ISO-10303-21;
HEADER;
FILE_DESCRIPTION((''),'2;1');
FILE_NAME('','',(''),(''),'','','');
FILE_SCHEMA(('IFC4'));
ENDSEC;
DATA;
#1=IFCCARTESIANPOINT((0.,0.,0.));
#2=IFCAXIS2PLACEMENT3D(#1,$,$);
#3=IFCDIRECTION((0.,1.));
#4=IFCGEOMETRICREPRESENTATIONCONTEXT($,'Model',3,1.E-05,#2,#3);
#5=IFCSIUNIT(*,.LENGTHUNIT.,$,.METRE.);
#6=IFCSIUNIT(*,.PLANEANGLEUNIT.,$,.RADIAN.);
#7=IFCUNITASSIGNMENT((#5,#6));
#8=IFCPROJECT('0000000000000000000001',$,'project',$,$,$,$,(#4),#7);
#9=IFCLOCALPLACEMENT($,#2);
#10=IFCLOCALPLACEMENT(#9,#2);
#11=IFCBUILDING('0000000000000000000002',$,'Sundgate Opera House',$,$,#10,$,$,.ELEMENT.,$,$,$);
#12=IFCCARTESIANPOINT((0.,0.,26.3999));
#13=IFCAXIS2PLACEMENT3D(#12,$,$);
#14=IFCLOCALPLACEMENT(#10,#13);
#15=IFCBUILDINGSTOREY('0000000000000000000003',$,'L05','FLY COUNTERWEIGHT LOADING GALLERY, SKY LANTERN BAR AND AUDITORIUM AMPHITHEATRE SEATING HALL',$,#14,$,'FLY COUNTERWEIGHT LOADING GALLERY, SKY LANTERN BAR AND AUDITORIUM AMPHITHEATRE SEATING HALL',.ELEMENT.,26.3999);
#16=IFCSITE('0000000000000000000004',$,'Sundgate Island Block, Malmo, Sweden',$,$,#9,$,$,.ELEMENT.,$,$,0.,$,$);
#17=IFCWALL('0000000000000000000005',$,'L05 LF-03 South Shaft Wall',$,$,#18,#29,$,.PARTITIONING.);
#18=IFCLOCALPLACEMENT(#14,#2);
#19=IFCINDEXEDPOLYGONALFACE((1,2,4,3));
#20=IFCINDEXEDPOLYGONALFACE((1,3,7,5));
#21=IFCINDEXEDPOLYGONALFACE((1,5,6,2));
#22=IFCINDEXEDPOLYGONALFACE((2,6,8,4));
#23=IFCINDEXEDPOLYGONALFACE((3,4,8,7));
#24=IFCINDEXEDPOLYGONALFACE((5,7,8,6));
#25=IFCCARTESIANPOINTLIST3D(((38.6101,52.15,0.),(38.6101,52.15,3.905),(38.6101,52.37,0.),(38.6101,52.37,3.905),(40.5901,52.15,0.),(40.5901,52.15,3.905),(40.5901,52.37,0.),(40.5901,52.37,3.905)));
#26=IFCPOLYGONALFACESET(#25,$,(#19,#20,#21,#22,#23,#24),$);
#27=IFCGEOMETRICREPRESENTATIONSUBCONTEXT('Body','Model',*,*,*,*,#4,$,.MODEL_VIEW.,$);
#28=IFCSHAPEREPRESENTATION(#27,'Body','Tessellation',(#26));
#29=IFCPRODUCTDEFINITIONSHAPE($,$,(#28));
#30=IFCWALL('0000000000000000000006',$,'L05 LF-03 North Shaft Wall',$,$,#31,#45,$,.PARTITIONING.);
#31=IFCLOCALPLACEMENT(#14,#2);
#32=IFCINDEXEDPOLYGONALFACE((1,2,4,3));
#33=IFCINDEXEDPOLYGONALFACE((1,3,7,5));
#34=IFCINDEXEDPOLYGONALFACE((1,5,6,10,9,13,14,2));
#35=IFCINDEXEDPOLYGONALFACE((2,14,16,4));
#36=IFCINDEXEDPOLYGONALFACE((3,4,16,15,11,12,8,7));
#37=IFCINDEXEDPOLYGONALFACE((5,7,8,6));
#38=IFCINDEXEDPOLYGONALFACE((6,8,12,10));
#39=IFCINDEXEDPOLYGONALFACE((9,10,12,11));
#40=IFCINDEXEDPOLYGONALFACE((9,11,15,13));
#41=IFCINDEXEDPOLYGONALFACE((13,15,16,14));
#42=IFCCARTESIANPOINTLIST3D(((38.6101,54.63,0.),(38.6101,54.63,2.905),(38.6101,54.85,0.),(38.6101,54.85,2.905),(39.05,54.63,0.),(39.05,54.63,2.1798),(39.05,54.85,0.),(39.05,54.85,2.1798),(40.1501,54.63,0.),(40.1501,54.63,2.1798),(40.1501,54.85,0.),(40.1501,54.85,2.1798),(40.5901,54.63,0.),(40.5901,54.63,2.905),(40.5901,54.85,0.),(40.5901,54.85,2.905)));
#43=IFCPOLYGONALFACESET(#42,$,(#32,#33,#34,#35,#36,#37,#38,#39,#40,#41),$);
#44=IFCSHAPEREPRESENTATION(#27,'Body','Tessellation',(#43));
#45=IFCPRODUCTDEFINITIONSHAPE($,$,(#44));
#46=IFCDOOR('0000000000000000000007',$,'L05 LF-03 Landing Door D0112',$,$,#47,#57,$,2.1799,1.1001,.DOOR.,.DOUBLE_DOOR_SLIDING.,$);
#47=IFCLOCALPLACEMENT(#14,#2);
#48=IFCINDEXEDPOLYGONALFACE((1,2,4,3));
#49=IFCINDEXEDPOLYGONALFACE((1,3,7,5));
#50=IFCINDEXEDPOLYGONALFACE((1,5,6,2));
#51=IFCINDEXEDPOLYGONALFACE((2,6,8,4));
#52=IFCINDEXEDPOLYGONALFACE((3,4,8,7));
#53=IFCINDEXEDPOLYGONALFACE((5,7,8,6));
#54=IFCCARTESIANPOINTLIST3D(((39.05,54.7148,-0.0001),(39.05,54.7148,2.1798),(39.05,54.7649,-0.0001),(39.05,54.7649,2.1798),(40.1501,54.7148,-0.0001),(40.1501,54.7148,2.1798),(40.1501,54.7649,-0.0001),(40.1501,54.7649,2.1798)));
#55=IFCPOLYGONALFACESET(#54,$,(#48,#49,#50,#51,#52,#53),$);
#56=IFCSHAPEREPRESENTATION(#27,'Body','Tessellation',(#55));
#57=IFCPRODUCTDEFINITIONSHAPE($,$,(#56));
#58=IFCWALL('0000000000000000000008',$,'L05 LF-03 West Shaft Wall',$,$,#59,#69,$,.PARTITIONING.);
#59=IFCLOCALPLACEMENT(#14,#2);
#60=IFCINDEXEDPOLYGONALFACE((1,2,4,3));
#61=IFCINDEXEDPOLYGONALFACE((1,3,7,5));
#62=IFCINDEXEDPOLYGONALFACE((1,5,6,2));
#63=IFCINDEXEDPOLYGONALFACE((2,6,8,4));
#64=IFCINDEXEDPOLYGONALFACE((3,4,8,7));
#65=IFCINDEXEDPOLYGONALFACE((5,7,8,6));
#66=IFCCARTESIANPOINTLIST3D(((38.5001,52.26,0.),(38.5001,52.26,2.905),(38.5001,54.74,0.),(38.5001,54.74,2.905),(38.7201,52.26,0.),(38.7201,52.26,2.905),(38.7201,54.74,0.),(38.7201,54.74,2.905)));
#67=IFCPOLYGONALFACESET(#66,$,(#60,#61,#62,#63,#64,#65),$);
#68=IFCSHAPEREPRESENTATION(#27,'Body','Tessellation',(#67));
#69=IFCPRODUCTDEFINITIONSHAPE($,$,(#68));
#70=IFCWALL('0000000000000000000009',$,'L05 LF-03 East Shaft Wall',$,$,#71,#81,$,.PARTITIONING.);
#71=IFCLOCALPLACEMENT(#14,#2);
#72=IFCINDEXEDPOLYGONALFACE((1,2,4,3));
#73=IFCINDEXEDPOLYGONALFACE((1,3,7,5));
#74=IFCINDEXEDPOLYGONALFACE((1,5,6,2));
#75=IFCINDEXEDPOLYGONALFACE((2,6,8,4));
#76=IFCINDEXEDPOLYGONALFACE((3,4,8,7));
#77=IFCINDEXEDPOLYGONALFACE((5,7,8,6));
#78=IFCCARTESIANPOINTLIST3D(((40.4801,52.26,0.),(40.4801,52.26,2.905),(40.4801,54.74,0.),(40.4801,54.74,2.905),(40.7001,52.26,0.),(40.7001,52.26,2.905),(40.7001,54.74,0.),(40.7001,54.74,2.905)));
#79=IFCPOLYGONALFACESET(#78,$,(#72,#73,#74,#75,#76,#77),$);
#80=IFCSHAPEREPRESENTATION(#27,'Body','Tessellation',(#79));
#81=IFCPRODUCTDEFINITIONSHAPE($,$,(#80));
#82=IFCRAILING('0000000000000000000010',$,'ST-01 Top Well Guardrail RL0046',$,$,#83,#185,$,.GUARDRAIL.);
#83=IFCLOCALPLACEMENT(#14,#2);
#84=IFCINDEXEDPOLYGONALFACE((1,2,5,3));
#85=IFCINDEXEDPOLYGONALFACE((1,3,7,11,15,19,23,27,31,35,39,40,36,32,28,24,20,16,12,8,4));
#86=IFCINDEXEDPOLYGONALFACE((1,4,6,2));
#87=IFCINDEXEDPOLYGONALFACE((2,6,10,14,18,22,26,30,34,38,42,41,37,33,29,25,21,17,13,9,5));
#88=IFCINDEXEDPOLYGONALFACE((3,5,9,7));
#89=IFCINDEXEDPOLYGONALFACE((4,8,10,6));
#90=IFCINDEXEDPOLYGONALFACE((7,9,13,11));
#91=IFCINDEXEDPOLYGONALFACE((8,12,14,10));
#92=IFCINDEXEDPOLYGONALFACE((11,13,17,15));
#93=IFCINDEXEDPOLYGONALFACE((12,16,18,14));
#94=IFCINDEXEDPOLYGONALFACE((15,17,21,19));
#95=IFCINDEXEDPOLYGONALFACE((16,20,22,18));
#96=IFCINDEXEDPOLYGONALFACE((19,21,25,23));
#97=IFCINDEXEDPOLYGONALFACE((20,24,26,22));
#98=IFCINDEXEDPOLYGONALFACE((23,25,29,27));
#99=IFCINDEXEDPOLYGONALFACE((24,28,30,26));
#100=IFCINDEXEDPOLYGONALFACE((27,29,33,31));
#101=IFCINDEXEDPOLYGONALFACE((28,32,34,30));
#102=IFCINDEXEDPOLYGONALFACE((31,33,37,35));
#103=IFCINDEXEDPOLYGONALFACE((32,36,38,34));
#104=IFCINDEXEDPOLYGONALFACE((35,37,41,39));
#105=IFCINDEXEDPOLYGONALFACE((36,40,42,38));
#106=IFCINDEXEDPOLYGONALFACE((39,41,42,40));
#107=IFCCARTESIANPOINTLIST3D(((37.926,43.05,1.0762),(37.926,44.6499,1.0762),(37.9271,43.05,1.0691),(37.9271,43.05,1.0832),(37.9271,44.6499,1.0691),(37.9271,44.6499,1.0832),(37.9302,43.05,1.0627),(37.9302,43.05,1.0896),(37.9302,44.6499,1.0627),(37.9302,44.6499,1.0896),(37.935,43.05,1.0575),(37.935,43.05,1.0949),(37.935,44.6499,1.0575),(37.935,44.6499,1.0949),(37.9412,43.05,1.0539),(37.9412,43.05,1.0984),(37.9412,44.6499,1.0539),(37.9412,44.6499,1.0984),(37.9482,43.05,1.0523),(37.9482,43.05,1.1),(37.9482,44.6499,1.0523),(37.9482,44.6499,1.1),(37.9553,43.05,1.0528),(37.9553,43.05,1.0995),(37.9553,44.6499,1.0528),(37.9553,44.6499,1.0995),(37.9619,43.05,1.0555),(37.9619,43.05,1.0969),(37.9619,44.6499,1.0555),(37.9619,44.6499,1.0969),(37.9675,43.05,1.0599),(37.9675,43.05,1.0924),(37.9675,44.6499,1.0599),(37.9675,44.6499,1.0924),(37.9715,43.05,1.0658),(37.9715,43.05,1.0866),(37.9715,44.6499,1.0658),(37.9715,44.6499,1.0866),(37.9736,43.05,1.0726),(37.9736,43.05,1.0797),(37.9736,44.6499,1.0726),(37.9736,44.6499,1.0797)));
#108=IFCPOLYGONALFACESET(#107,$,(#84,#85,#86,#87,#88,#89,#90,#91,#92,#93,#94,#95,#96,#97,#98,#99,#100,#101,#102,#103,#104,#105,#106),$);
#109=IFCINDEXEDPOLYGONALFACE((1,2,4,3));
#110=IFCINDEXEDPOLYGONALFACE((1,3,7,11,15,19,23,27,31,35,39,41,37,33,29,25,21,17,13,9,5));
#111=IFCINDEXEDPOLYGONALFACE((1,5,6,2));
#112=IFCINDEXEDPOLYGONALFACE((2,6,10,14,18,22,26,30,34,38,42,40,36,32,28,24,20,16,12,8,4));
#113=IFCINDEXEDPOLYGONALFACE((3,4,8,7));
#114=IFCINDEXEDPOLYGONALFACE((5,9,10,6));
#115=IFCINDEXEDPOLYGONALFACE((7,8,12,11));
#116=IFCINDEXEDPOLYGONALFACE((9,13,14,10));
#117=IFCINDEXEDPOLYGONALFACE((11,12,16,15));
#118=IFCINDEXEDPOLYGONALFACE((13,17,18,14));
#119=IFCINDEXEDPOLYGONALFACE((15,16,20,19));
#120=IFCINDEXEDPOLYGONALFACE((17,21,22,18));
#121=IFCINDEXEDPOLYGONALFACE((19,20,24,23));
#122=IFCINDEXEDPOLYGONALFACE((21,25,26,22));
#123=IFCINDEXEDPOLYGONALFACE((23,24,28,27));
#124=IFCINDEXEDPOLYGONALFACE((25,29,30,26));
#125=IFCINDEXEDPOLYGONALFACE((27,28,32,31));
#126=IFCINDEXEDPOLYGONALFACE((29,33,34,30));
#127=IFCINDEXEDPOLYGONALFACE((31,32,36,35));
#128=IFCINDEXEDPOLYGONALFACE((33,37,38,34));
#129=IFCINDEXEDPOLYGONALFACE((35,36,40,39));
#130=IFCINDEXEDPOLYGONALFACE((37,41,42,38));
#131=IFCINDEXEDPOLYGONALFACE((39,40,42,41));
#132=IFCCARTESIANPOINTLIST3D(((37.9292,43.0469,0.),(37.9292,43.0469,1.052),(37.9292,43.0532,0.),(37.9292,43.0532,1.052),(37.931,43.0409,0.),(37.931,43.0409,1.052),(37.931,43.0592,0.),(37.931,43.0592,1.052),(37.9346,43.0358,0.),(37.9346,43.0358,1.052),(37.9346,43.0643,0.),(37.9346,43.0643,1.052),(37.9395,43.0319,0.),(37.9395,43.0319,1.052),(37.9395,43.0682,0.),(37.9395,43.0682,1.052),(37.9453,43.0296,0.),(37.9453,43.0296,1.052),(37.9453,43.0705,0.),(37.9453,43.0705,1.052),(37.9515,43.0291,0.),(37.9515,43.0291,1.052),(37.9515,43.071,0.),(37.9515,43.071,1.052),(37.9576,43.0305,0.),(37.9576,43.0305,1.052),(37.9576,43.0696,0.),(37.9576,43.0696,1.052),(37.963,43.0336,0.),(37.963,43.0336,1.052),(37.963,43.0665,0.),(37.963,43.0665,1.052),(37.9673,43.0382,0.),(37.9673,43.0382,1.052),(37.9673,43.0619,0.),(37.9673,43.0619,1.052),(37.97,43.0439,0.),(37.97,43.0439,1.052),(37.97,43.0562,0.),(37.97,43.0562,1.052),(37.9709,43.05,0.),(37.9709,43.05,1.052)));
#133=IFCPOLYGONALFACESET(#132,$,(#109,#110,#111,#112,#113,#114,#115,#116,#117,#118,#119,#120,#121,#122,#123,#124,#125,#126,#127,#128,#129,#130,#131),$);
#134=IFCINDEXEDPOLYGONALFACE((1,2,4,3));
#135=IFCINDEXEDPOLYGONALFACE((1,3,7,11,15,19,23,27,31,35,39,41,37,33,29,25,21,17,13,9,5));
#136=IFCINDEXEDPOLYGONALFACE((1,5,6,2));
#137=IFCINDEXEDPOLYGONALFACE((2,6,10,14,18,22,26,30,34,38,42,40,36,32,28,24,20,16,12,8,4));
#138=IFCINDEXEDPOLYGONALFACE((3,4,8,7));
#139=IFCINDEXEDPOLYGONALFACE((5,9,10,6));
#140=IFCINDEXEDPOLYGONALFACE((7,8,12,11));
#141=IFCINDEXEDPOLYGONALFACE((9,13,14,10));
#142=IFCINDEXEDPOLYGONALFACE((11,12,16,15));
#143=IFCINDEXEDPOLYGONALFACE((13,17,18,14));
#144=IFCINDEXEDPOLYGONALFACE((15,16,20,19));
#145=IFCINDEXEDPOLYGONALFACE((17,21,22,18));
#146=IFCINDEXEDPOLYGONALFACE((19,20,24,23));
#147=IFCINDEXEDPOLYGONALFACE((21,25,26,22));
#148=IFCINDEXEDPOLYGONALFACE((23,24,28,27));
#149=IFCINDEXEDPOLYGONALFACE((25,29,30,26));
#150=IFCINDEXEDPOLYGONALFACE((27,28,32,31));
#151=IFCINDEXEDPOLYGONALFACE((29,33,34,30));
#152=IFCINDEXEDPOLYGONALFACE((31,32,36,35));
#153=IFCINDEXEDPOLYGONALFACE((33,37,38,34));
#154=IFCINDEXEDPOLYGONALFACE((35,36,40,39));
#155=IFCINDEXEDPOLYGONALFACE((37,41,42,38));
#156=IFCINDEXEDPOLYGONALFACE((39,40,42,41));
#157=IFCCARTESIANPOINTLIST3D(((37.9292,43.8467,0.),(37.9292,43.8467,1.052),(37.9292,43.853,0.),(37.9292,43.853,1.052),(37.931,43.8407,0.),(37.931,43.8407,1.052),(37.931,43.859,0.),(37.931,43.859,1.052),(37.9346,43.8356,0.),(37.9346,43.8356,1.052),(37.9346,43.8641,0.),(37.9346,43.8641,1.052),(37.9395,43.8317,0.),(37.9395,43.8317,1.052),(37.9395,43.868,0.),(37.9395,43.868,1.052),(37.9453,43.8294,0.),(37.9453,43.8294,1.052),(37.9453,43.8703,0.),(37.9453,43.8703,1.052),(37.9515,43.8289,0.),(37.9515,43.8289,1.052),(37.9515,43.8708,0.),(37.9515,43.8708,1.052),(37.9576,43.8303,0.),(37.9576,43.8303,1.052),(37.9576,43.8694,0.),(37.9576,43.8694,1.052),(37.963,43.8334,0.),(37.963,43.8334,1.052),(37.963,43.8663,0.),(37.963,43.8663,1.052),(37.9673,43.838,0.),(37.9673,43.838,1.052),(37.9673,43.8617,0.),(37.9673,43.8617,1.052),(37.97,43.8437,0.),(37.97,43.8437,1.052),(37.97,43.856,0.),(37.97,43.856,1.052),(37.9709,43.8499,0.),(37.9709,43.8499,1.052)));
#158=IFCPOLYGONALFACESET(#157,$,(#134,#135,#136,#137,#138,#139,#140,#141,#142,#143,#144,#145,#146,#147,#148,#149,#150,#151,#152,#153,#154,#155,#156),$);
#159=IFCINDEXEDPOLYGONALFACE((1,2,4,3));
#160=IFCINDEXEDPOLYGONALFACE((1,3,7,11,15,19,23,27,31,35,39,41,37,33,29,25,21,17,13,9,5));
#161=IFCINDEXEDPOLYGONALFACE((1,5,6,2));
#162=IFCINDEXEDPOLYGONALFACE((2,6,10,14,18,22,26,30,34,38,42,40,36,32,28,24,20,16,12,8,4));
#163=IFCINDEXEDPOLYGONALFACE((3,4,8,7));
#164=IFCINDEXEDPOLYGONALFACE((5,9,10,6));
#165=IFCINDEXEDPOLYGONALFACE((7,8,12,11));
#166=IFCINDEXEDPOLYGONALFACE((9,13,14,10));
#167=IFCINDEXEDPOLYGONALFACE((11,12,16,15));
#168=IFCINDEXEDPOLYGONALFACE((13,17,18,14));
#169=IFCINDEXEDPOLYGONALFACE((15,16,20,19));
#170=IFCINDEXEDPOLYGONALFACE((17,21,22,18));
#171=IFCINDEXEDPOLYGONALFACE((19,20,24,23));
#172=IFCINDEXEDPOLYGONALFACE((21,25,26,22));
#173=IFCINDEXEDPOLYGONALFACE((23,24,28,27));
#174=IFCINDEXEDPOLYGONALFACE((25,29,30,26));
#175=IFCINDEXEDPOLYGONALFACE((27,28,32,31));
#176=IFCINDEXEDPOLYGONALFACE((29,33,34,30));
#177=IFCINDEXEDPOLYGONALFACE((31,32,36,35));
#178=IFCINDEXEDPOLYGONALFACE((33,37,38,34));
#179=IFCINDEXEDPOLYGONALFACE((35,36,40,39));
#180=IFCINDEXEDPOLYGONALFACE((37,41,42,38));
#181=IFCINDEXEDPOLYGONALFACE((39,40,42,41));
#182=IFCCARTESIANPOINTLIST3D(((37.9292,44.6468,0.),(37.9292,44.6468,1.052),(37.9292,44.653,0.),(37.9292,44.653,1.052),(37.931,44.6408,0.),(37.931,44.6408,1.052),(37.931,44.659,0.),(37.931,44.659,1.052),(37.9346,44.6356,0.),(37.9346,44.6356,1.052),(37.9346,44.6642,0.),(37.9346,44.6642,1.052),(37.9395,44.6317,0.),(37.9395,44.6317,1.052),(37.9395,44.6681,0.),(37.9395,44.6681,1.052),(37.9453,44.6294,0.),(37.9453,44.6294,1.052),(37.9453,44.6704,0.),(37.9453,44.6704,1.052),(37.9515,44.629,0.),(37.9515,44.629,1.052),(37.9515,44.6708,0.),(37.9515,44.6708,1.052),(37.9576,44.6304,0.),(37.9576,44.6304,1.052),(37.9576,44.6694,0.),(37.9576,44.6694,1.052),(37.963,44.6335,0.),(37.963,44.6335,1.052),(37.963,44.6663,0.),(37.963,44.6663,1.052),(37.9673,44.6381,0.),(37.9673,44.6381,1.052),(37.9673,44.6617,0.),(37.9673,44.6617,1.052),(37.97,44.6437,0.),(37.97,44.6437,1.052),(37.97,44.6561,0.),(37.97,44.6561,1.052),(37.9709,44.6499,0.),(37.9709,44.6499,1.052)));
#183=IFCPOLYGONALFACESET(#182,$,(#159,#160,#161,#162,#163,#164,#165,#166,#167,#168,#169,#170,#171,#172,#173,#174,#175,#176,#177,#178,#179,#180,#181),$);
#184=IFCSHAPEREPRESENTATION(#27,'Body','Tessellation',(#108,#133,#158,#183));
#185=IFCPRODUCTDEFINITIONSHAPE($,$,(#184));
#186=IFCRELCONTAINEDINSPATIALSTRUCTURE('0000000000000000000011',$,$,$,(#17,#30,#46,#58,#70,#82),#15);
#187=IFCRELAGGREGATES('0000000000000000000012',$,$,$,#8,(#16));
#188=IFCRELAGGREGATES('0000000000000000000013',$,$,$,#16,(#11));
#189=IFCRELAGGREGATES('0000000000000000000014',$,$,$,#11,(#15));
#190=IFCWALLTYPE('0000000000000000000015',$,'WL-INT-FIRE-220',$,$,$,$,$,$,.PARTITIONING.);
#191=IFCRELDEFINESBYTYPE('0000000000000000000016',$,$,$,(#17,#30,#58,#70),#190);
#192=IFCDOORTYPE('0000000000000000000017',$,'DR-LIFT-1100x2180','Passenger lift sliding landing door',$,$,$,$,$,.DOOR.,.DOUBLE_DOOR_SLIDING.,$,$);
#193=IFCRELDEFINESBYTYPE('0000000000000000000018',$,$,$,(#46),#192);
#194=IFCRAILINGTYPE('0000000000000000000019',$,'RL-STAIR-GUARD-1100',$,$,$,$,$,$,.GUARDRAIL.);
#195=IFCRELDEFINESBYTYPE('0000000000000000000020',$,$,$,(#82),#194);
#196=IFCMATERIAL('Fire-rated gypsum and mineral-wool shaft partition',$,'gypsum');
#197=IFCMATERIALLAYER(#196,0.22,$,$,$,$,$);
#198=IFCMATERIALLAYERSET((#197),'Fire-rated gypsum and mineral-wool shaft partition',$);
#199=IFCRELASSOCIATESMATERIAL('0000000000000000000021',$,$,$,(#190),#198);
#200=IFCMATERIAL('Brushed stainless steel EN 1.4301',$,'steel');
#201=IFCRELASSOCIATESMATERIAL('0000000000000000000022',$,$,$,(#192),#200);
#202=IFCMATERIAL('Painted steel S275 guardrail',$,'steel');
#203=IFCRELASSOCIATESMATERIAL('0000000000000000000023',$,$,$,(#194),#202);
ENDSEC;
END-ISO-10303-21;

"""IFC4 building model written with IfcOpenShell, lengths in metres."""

from ifc_helpers import new_model, si_unit, direction, frame, frame_2d, origin, origin_2d, place, context, subcontext, project, spatial, rectangle, circle, extrude, material, layer, layer_set, type_object, element, fill, save


model = new_model("IFC4")

# Units and contexts
model_context = context("Model", 3, precision=1e-05, world=origin(), true_north=direction((0.0, 1.0)))
body_context = subcontext(model_context, "Body", "Model", "MODEL_VIEW")
ifc_project = project(units=[si_unit("LENGTHUNIT", "METRE"), si_unit("PLANEANGLEUNIT", "RADIAN")], contexts=[model_context])

# Site, building, storey
site_placement = place(None, origin())
site = spatial("IfcSite", under=ifc_project, at=site_placement, Name="Sundgate Island Block, Malmo, Sweden", CompositionType="ELEMENT", RefElevation=0.0)
building_placement = place(site_placement, origin())
building = spatial("IfcBuilding", under=site, at=building_placement, Name="Sundgate Opera House", CompositionType="ELEMENT")
storey_placement = place(building_placement, frame((0.0, 0.0, 26.3999)))
storey = spatial("IfcBuildingStorey", under=building, at=storey_placement, Name="L05", Description="FLY COUNTERWEIGHT LOADING GALLERY, SKY LANTERN BAR AND AUDITORIUM AMPHITHEATRE SEATING HALL", LongName="FLY COUNTERWEIGHT LOADING GALLERY, SKY LANTERN BAR AND AUDITORIUM AMPHITHEATRE SEATING HALL", CompositionType="ELEMENT", Elevation=26.3999)

# Wall
ifc_material_1 = material(Name="Fire-rated gypsum and mineral-wool shaft partition", Category="gypsum")
ifc_layer_1 = layer(ifc_material_1, 0.22)
ifc_layer_set_1 = layer_set([ifc_layer_1], Name="Fire-rated gypsum and mineral-wool shaft partition")
wall_type_1 = type_object("IfcWallType", Name="WL-INT-FIRE-220", PredefinedType="PARTITIONING", material=ifc_layer_set_1)
wall_1_placement = place(storey_placement, frame((38.6101, 52.26, 0.0), z_axis=(0.0, 0.0, 1.0), x_axis=(1.0, 0.0, 0.0)))
element("IfcWall", 1, at=wall_1_placement, inside=storey, type_object=wall_type_1, Name="L05 LF-03 South Shaft Wall", PredefinedType="PARTITIONING", context=body_context, shape_type="SweptSolid", body=[
    extrude(rectangle(XDim=1.98, YDim=0.22, at=frame_2d((0.99, 0.0))), origin(), (0.0, 0.0, 1.0), 3.905),
])

# Wall, opening, door
wall_2_placement = place(storey_placement, frame((38.6101, 54.74, 0.0), z_axis=(0.0, 0.0, 1.0), x_axis=(1.0, 0.0, 0.0)))
wall_2 = element("IfcWall", 2, at=wall_2_placement, inside=storey, type_object=wall_type_1, Name="L05 LF-03 North Shaft Wall", PredefinedType="PARTITIONING", context=body_context, shape_type="SweptSolid", body=[
    extrude(rectangle(XDim=1.98, YDim=0.22, at=frame_2d((0.99, 0.0))), origin(), (0.0, 0.0, 1.0), 2.905),
])
opening_1_placement = place(wall_2_placement, frame((0.4399, 0.0, 0.0)))
opening_1 = element("IfcOpeningElement", 3, at=opening_1_placement, cuts=wall_2, PredefinedType="OPENING", context=body_context, shape_type="SweptSolid", body=[
    extrude(rectangle(XDim=1.1001, YDim=2.1799, at=frame_2d((0.55, 1.0898))), frame((0.0, 0.1199, 0.0), z_axis=(0.0, -1.0, 0.0), x_axis=(1.0, 0.0, 0.0)), (0.0, 0.0, 1.0), 0.24),
])
ifc_material_2 = material(Name="Brushed stainless steel EN 1.4301", Category="steel")
door_type_1 = type_object("IfcDoorType", Name="DR-LIFT-1100x2180", Description="Passenger lift sliding landing door", OperationType="DOUBLE_DOOR_SLIDING", PredefinedType="DOOR", material=ifc_material_2)
door_1_placement = place(opening_1_placement, origin())
door_1 = element("IfcDoor", 4, at=door_1_placement, inside=storey, type_object=door_type_1, Name="L05 LF-03 Landing Door D0112", OperationType="DOUBLE_DOOR_SLIDING", OverallHeight=2.1799, OverallWidth=1.1001, PredefinedType="DOOR", context=body_context, shape_type="SweptSolid", body=[
    extrude(rectangle(XDim=1.1001, YDim=2.1799, at=frame_2d((0.55, 1.0898))), frame((0.0, 0.0249, 0.0), z_axis=(0.0, -1.0, 0.0), x_axis=(1.0, 0.0, 0.0)), (0.0, 0.0, 1.0), 0.05),
])
fill(opening_1, door_1)

# Walls
for number, where, z_axis, x_axis, name in (
    (5, (38.6101, 52.26, 0.0), (0.0, 0.0, 1.0), (0.0, 1.0, 0.0), "L05 LF-03 West Shaft Wall"),
    (6, (40.5901, 52.26, 0.0), (0.0, 0.0, 1.0), (0.0, 1.0, 0.0), "L05 LF-03 East Shaft Wall"),
):
    element("IfcWall", number, at=place(storey_placement, frame(where, z_axis=z_axis, x_axis=x_axis)), inside=storey, type_object=wall_type_1, Name=name, PredefinedType="PARTITIONING", context=body_context, shape_type="SweptSolid", body=[
        extrude(rectangle(XDim=2.48, YDim=0.22, at=frame_2d((1.24, 0.0))), origin(), (0.0, 0.0, 1.0), 2.905),
    ])

# Railing
ifc_material_3 = material(Name="Painted steel S275 guardrail", Category="steel")
railing_type_1 = type_object("IfcRailingType", Name="RL-STAIR-GUARD-1100", PredefinedType="GUARDRAIL", material=ifc_material_3)
railing_1_placement = place(storey_placement, frame((37.95, 43.05, 0.0)))
element("IfcRailing", 7, at=railing_1_placement, inside=storey, type_object=railing_type_1, Name="ST-01 Top Well Guardrail RL0046", PredefinedType="GUARDRAIL", context=body_context, shape_type="SweptSolid", body=[
    extrude(circle(Radius=0.0239, at=origin_2d()), frame((0.0, 0.0, 1.0762), z_axis=(0.0, 1.0, 0.0), x_axis=(-1.0, 0.0, 0.0)), (0.0, 0.0, 1.0), 1.5999),
    extrude(circle(Radius=0.021, at=origin_2d()), origin(), (0.0, 0.0, 1.0), 1.052),
    extrude(circle(Radius=0.021, at=origin_2d()), frame((0.0, 0.7998, 0.0)), (0.0, 0.0, 1.0), 1.052),
    extrude(circle(Radius=0.021, at=origin_2d()), frame((0.0, 1.5999, 0.0)), (0.0, 0.0, 1.0), 1.052),
])

save(model, "model.ifc")
